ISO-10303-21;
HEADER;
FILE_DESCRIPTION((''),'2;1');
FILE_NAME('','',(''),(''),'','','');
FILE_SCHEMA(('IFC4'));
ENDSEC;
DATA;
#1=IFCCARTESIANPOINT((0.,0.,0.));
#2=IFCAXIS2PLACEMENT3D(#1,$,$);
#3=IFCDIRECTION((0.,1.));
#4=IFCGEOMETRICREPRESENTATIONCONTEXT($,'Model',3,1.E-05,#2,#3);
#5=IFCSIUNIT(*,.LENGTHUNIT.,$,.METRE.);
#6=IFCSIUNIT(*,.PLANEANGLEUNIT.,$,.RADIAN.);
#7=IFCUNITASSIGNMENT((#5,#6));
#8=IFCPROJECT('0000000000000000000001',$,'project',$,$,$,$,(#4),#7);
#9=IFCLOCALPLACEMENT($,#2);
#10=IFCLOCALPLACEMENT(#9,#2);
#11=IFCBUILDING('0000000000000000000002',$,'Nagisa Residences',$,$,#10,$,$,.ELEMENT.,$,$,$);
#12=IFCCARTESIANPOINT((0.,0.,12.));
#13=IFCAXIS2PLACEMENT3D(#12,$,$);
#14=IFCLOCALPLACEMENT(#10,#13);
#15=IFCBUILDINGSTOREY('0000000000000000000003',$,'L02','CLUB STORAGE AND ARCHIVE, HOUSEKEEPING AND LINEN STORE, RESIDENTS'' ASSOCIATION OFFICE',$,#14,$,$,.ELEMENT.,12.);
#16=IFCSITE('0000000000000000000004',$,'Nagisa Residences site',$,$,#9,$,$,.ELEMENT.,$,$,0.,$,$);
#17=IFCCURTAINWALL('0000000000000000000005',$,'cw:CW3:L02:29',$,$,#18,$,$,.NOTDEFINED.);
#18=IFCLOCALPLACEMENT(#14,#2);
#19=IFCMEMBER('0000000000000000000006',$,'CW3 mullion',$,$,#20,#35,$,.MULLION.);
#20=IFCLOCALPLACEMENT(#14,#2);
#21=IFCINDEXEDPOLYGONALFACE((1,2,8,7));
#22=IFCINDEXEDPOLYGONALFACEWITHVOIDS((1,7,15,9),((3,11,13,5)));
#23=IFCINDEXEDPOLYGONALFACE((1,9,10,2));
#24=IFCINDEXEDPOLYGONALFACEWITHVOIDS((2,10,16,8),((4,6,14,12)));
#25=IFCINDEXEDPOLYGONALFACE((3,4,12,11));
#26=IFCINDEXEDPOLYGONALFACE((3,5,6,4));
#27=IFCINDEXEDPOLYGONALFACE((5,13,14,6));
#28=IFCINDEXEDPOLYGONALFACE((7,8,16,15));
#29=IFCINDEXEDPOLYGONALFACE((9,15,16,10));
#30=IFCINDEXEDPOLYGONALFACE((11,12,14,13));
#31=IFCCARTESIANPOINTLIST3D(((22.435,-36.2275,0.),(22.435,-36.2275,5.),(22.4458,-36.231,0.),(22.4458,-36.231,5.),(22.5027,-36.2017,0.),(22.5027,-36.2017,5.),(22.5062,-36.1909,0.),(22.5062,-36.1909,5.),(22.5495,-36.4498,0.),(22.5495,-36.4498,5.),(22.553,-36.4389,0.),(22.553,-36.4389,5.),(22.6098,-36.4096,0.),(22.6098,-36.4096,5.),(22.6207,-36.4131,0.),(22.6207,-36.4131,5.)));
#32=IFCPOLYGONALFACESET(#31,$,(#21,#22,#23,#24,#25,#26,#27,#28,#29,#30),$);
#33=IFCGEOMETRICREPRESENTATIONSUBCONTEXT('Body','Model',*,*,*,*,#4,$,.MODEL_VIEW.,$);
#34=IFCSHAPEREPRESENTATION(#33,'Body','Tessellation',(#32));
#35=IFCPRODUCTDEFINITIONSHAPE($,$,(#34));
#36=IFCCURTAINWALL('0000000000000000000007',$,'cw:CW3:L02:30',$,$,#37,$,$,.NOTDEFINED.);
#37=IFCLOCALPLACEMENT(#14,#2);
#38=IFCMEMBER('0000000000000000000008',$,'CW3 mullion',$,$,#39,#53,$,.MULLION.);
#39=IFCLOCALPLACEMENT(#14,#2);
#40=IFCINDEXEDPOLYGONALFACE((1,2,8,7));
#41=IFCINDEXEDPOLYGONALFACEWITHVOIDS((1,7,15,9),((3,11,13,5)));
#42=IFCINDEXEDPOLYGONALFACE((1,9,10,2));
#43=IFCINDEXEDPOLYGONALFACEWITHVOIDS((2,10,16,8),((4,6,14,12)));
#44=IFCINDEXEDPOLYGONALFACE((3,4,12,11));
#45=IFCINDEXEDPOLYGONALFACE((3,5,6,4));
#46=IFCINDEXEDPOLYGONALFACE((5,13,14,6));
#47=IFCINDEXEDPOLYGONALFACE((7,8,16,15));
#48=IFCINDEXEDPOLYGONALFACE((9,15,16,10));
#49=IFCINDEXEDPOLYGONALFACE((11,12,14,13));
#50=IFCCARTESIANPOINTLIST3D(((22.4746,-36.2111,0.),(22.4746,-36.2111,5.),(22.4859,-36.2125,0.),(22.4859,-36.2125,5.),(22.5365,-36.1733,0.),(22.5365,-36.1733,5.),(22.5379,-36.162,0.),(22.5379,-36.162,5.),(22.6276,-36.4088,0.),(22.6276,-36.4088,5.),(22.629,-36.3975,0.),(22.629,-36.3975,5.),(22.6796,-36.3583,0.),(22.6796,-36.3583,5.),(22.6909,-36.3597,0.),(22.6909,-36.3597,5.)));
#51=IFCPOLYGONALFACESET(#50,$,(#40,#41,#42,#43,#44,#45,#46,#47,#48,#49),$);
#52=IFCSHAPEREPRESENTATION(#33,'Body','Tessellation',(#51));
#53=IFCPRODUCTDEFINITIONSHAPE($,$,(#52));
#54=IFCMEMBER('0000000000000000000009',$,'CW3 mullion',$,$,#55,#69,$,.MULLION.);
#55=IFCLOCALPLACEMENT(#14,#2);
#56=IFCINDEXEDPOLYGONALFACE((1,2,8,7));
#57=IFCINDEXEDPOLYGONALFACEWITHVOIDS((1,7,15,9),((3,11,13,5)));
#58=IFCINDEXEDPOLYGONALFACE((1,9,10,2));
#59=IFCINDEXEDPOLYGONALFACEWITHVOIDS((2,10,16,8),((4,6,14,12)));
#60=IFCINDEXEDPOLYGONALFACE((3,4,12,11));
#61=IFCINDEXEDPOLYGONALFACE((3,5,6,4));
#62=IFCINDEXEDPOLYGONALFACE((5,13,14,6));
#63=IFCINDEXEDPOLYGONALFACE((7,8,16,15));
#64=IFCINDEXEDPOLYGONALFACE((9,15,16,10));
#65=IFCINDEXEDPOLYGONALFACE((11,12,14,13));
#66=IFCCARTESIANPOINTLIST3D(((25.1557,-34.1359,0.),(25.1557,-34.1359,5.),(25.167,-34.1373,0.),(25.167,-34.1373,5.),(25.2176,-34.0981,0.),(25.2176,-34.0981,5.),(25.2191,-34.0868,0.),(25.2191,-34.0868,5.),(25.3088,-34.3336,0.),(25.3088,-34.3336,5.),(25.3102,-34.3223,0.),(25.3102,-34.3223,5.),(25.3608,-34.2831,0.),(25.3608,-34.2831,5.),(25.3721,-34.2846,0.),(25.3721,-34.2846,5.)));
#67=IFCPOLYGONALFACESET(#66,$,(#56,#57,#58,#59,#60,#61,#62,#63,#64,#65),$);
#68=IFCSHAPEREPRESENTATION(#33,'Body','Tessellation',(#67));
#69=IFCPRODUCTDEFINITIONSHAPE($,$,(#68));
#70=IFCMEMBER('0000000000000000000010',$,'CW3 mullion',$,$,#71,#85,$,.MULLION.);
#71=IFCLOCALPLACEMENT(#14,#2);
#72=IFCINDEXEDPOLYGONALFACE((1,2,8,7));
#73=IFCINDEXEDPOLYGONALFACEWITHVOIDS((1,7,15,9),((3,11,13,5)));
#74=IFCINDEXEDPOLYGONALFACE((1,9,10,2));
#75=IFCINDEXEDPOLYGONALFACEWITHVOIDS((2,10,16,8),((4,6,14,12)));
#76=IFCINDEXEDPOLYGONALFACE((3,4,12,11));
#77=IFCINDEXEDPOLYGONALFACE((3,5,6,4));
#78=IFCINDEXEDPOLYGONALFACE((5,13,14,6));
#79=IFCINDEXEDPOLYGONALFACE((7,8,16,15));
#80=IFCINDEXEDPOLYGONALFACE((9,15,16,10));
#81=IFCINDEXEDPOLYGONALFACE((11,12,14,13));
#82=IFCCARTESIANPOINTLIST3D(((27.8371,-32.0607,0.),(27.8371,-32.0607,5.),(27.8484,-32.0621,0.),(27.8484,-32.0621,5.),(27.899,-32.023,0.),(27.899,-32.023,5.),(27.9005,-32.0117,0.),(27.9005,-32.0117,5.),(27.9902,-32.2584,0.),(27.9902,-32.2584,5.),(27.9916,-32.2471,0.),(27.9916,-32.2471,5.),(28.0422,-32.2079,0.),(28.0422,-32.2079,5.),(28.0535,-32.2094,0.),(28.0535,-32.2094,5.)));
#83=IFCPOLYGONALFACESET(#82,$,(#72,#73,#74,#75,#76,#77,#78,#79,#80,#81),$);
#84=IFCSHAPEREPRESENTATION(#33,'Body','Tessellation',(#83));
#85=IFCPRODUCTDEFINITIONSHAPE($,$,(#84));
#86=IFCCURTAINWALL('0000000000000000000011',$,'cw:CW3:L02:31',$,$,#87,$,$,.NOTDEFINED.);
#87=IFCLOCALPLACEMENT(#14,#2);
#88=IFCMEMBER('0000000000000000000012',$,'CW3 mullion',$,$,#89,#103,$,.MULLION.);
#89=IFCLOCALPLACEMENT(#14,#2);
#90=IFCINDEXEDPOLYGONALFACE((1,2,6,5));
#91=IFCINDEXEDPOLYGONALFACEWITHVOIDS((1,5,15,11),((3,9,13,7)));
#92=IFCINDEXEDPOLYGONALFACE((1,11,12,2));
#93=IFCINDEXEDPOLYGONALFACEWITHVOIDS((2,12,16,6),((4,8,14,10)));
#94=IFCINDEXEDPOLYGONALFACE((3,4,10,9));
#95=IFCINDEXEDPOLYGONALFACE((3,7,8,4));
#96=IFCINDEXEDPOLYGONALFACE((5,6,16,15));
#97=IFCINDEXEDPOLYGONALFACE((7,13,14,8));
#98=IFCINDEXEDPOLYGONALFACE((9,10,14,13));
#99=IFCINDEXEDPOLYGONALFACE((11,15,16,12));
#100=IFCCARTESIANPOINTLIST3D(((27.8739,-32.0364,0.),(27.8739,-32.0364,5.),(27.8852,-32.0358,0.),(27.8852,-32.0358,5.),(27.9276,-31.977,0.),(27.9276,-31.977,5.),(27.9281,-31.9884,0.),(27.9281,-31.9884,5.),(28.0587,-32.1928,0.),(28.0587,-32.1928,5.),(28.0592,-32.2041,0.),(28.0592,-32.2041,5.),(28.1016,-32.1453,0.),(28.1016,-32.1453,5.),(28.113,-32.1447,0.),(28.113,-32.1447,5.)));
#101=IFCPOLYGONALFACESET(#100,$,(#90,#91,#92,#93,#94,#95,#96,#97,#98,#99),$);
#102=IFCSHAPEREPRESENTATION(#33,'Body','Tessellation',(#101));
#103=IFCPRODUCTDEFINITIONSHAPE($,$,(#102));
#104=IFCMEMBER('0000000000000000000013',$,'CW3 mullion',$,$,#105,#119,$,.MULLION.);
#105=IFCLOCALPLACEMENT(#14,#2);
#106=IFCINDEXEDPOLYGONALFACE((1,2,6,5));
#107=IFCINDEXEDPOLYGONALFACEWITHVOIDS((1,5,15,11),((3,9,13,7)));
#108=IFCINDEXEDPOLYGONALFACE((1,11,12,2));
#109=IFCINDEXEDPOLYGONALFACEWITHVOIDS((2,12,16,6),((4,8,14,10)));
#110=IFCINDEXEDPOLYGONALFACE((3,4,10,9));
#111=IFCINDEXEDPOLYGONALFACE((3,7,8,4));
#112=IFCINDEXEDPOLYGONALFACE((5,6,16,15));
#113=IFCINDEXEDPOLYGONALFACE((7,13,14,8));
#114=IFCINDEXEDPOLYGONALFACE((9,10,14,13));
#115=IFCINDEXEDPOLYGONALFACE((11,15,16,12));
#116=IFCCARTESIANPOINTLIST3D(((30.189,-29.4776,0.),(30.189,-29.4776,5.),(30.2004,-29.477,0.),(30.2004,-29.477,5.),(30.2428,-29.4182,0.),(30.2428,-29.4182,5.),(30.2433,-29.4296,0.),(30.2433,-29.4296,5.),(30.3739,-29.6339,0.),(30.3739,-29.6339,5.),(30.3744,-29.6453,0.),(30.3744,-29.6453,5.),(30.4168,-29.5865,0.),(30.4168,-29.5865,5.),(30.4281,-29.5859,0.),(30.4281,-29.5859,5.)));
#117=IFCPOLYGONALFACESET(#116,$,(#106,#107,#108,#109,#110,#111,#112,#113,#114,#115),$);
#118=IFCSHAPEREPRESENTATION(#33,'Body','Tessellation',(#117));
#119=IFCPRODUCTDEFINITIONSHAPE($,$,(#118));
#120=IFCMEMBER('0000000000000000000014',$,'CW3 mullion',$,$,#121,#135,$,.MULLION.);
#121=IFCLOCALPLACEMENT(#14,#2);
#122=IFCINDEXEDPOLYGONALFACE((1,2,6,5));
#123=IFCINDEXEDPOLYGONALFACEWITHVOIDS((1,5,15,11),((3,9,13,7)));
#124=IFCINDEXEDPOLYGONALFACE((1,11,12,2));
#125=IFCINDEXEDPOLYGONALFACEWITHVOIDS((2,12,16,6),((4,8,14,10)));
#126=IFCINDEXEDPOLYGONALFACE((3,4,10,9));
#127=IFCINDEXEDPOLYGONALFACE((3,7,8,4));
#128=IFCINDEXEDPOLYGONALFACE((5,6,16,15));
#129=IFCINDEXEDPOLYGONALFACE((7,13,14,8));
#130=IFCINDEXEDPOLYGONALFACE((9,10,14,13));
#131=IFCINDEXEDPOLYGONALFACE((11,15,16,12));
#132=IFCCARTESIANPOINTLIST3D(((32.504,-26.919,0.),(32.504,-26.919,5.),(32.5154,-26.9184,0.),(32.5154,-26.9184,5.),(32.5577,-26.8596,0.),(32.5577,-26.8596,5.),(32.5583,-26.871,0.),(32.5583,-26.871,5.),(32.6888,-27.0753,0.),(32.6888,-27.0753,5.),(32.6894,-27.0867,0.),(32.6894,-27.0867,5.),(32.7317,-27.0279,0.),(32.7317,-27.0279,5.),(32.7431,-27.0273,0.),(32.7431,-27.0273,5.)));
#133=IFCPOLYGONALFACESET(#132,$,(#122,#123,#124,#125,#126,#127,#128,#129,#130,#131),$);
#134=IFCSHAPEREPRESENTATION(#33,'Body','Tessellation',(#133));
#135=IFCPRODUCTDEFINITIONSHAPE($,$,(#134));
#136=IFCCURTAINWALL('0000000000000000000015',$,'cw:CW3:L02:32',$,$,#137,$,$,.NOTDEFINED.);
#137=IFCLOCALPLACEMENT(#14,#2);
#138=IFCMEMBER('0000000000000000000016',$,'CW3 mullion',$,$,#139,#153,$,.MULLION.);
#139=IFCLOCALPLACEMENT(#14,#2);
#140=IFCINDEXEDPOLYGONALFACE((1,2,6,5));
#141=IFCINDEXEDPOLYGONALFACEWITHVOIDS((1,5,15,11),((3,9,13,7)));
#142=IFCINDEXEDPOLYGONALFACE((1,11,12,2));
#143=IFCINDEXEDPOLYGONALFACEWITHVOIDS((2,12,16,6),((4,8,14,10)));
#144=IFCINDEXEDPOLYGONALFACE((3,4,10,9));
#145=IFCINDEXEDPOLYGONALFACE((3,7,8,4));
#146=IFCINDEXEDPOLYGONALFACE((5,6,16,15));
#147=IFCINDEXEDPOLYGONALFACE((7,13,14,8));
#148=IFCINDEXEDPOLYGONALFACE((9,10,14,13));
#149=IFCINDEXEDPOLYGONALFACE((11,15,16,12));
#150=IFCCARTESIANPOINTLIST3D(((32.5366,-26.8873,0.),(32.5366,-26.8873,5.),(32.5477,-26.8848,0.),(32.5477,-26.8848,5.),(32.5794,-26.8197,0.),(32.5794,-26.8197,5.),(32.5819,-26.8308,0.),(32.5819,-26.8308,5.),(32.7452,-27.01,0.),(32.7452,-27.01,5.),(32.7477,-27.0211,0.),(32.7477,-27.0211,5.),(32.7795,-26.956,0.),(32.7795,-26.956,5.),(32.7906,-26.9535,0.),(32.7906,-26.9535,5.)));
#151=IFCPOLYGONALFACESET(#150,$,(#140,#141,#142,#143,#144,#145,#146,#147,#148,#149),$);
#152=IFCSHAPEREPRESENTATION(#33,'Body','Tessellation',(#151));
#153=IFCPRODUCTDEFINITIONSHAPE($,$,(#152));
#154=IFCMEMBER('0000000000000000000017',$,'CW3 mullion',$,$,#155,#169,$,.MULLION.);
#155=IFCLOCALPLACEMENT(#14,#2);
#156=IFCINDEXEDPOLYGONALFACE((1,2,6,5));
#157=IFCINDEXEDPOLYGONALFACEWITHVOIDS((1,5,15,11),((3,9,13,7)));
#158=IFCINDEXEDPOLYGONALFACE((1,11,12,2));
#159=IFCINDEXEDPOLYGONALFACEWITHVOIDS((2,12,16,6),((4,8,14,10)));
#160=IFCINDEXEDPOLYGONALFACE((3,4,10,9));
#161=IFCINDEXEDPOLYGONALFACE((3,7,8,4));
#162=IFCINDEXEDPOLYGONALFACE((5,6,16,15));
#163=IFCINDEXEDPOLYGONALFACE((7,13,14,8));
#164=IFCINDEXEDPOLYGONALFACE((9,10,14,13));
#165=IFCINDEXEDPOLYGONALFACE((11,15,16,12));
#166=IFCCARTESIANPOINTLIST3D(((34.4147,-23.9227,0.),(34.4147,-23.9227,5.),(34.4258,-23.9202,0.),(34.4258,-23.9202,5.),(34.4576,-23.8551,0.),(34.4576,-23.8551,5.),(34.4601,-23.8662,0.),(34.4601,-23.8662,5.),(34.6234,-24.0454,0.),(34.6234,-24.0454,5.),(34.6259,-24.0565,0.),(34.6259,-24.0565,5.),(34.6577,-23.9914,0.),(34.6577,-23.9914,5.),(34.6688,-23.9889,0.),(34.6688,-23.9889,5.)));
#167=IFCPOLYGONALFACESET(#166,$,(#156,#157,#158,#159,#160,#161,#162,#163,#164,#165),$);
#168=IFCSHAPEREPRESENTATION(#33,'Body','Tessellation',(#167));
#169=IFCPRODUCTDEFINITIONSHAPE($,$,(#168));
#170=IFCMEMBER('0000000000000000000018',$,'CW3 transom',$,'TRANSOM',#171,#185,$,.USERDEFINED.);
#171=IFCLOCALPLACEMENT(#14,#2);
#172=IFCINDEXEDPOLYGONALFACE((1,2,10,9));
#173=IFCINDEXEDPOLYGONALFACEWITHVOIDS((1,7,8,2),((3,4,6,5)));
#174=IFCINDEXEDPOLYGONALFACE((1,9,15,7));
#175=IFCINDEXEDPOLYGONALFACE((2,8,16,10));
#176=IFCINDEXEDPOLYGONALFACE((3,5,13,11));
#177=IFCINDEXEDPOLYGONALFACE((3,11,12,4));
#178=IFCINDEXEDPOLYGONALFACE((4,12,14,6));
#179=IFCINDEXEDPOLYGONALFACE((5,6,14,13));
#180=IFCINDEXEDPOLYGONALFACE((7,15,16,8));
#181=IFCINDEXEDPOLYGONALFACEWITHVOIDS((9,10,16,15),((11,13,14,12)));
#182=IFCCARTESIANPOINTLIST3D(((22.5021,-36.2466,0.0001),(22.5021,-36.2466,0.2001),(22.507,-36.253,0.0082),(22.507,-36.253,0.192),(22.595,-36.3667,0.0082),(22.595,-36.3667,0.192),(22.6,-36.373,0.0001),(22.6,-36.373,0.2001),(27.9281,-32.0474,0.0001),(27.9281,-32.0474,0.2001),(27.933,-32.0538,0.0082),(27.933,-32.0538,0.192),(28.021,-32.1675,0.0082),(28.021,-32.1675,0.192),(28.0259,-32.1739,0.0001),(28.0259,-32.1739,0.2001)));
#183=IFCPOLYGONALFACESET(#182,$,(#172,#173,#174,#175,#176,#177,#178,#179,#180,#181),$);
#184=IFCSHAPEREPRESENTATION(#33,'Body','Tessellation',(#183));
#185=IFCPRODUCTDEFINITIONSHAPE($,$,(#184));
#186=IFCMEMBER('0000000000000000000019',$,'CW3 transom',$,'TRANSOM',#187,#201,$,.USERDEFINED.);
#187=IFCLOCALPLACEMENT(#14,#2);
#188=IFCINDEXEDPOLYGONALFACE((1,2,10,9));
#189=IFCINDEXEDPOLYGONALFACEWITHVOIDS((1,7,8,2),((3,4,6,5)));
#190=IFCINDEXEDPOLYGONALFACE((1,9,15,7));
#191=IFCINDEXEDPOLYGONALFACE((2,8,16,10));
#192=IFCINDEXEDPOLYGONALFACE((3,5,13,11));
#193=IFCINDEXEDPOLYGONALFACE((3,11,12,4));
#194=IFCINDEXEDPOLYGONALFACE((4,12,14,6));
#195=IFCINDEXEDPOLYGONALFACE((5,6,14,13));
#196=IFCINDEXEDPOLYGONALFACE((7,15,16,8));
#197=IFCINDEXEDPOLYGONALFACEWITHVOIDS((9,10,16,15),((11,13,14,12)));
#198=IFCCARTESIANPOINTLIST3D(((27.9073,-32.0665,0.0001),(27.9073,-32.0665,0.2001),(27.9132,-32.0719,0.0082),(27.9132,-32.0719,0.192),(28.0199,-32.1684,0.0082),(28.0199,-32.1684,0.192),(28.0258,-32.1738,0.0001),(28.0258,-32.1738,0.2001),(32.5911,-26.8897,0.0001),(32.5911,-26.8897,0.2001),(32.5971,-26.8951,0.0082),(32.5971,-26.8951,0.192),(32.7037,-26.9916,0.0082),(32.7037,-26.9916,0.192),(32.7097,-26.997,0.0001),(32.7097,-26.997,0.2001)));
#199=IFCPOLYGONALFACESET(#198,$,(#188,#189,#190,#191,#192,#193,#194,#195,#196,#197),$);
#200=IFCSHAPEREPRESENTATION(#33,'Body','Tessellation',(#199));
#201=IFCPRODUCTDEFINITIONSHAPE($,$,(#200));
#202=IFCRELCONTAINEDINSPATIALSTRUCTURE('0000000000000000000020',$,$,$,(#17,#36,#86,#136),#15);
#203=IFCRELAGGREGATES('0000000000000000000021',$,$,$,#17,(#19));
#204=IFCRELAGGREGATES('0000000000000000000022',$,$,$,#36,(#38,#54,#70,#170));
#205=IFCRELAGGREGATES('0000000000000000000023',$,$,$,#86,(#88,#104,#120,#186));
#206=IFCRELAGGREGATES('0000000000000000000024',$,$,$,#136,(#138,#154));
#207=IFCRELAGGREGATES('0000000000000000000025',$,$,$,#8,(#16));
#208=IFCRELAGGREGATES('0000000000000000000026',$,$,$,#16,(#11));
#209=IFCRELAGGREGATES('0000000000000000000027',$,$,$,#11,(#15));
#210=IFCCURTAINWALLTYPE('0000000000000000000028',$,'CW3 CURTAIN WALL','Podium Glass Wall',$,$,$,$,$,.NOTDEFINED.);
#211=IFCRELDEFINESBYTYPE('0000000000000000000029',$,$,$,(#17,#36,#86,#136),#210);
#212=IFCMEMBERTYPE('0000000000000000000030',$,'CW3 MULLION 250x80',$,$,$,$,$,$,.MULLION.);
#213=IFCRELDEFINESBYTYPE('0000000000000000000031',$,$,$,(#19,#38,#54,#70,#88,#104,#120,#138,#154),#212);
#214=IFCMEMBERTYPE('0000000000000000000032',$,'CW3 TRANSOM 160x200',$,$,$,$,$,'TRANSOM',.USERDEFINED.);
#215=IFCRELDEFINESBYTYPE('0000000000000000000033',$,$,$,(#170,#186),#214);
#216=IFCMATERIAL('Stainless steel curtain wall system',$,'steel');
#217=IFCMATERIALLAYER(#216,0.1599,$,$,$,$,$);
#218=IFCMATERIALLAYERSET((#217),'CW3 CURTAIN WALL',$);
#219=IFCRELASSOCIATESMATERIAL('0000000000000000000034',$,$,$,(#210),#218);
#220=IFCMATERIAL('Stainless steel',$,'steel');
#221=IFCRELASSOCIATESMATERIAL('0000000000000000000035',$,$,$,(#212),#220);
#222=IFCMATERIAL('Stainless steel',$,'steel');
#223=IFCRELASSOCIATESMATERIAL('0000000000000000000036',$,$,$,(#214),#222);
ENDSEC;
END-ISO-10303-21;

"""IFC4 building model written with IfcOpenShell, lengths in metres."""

from ifc_helpers import new_model, si_unit, direction, frame, origin, origin_2d, place, context, subcontext, project, spatial, hollow_rectangle, extrude, material, layer, layer_set, material_profile, profile_set, type_object, element, aggregate, save


model = new_model("IFC4")

# Units and contexts
model_context = context("Model", 3, precision=1e-05, world=origin(), true_north=direction((0.0, 1.0)))
body_context = subcontext(model_context, "Body", "Model", "MODEL_VIEW")
ifc_project = project(units=[si_unit("LENGTHUNIT", "METRE"), si_unit("PLANEANGLEUNIT", "RADIAN")], contexts=[model_context])

# Site, building, storey
site_placement = place(None, origin())
site = spatial("IfcSite", under=ifc_project, at=site_placement, Name="Nagisa Residences site", CompositionType="ELEMENT", RefElevation=0.0)
building_placement = place(site_placement, origin())
building = spatial("IfcBuilding", under=site, at=building_placement, Name="Nagisa Residences", CompositionType="ELEMENT")
storey_placement = place(building_placement, frame((0.0, 0.0, 12.0)))
storey = spatial("IfcBuildingStorey", under=building, at=storey_placement, Name="L02", Description="CLUB STORAGE AND ARCHIVE, HOUSEKEEPING AND LINEN STORE, RESIDENTS' ASSOCIATION OFFICE", CompositionType="ELEMENT", Elevation=12.0)

# Curtain walls, members
ifc_material_1 = material(Name="Stainless steel curtain wall system", Category="steel")
ifc_layer_1 = layer(ifc_material_1, 0.1599)
ifc_layer_set_1 = layer_set([ifc_layer_1], Name="CW3 CURTAIN WALL")
curtain_wall_type_1 = type_object("IfcCurtainWallType", Name="CW3 CURTAIN WALL", Description="Podium Glass Wall", PredefinedType="NOTDEFINED", material=ifc_layer_set_1)
curtain_wall_1_placement = place(storey_placement, origin())
curtain_wall_1 = element("IfcCurtainWall", 1, at=curtain_wall_1_placement, inside=storey, type_object=curtain_wall_type_1, Name="cw:CW3:L02:29", PredefinedType="NOTDEFINED")
ifc_material_2 = material(Name="Stainless steel", Category="steel")
ifc_material_profile_1 = material_profile(ifc_material_2, hollow_rectangle(XDim=0.25, YDim=0.0801, WallThickness=0.0081, at=origin_2d()), Name="CW3 MULLION 250x80")
ifc_profile_set_1 = profile_set([ifc_material_profile_1], Name="Stainless steel")
member_type_1 = type_object("IfcMemberType", Name="CW3 MULLION 250x80", PredefinedType="MULLION", material=ifc_profile_set_1)
member_1_placement = place(storey_placement, frame((22.5278, -36.3203, 0.0), z_axis=(0.0, 0.0, 1.0), x_axis=(-0.458126, 0.888887, 0.0)))
member_1 = element("IfcMember", 2, at=member_1_placement, type_object=member_type_1, Name="CW3 mullion", PredefinedType="MULLION", context=body_context, shape_type="SweptSolid", body=[
    extrude(hollow_rectangle(XDim=0.25, YDim=0.0801, WallThickness=0.0081, at=origin_2d()), origin(), (0.0, 0.0, 1.0), 5.0),
])
curtain_wall_2_placement = place(storey_placement, origin())
curtain_wall_2 = element("IfcCurtainWall", 3, at=curtain_wall_2_placement, inside=storey, type_object=curtain_wall_type_1, Name="cw:CW3:L02:30", PredefinedType="NOTDEFINED")
member_2_placement = place(storey_placement, frame((22.5828, -36.2854, 0.0), z_axis=(0.0, 0.0, 1.0), x_axis=(-0.612035, 0.790831, 0.0)))
member_2 = element("IfcMember", 4, at=member_2_placement, type_object=member_type_1, Name="CW3 mullion", PredefinedType="MULLION", context=body_context, shape_type="SweptSolid", body=[
    extrude(hollow_rectangle(XDim=0.25, YDim=0.0801, WallThickness=0.0081, at=origin_2d()), origin(), (0.0, 0.0, 1.0), 5.0),
])
member_3_placement = place(storey_placement, frame((25.2639, -34.2102, 0.0), z_axis=(0.0, 0.0, 1.0), x_axis=(-0.612035, 0.790831, 0.0)))
member_3 = element("IfcMember", 5, at=member_3_placement, type_object=member_type_1, Name="CW3 mullion", PredefinedType="MULLION", context=body_context, shape_type="SweptSolid", body=[
    extrude(hollow_rectangle(XDim=0.25, YDim=0.0801, WallThickness=0.0081, at=origin_2d()), origin(), (0.0, 0.0, 1.0), 5.0),
])
member_4_placement = place(storey_placement, frame((27.9453, -32.135, 0.0), z_axis=(0.0, 0.0, 1.0), x_axis=(-0.612035, 0.790831, 0.0)))
member_4 = element("IfcMember", 6, at=member_4_placement, type_object=member_type_1, Name="CW3 mullion", PredefinedType="MULLION", context=body_context, shape_type="SweptSolid", body=[
    extrude(hollow_rectangle(XDim=0.25, YDim=0.0801, WallThickness=0.0081, at=origin_2d()), origin(), (0.0, 0.0, 1.0), 5.0),
])
curtain_wall_3_placement = place(storey_placement, origin())
curtain_wall_3 = element("IfcCurtainWall", 7, at=curtain_wall_3_placement, inside=storey, type_object=curtain_wall_type_1, Name="cw:CW3:L02:31", PredefinedType="NOTDEFINED")
member_5_placement = place(storey_placement, frame((27.9934, -32.0906, 0.0), z_axis=(0.0, 0.0, 1.0), x_axis=(-0.741536, 0.670913, 0.0)))
member_5 = element("IfcMember", 8, at=member_5_placement, type_object=member_type_1, Name="CW3 mullion", PredefinedType="MULLION", context=body_context, shape_type="SweptSolid", body=[
    extrude(hollow_rectangle(XDim=0.25, YDim=0.0801, WallThickness=0.0081, at=origin_2d()), origin(), (0.0, 0.0, 1.0), 5.0),
])
member_6_placement = place(storey_placement, frame((30.3086, -29.5317, 0.0), z_axis=(0.0, 0.0, 1.0), x_axis=(-0.741536, 0.670913, 0.0)))
member_6 = element("IfcMember", 9, at=member_6_placement, type_object=member_type_1, Name="CW3 mullion", PredefinedType="MULLION", context=body_context, shape_type="SweptSolid", body=[
    extrude(hollow_rectangle(XDim=0.25, YDim=0.0801, WallThickness=0.0081, at=origin_2d()), origin(), (0.0, 0.0, 1.0), 5.0),
])
member_7_placement = place(storey_placement, frame((32.6235, -26.9731, 0.0), z_axis=(0.0, 0.0, 1.0), x_axis=(-0.741536, 0.670913, 0.0)))
member_7 = element("IfcMember", 10, at=member_7_placement, type_object=member_type_1, Name="CW3 mullion", PredefinedType="MULLION", context=body_context, shape_type="SweptSolid", body=[
    extrude(hollow_rectangle(XDim=0.25, YDim=0.0801, WallThickness=0.0081, at=origin_2d()), origin(), (0.0, 0.0, 1.0), 5.0),
])
curtain_wall_4_placement = place(storey_placement, origin())
curtain_wall_4 = element("IfcCurtainWall", 11, at=curtain_wall_4_placement, inside=storey, type_object=curtain_wall_type_1, Name="cw:CW3:L02:32", PredefinedType="NOTDEFINED")
member_8_placement = place(storey_placement, frame((32.6636, -26.9204, 0.0), z_axis=(0.0, 0.0, 1.0), x_axis=(-0.844747, 0.535165, 0.0)))
member_8 = element("IfcMember", 12, at=member_8_placement, type_object=member_type_1, Name="CW3 mullion", PredefinedType="MULLION", context=body_context, shape_type="SweptSolid", body=[
    extrude(hollow_rectangle(XDim=0.25, YDim=0.0801, WallThickness=0.0081, at=origin_2d()), origin(), (0.0, 0.0, 1.0), 5.0),
])
member_9_placement = place(storey_placement, frame((34.5417, -23.9558, 0.0), z_axis=(0.0, 0.0, 1.0), x_axis=(-0.844747, 0.535165, 0.0)))
member_9 = element("IfcMember", 13, at=member_9_placement, type_object=member_type_1, Name="CW3 mullion", PredefinedType="MULLION", context=body_context, shape_type="SweptSolid", body=[
    extrude(hollow_rectangle(XDim=0.25, YDim=0.0801, WallThickness=0.0081, at=origin_2d()), origin(), (0.0, 0.0, 1.0), 5.0),
])

# Members
ifc_material_3 = material(Name="Stainless steel", Category="steel")
ifc_material_profile_2 = material_profile(ifc_material_3, hollow_rectangle(XDim=0.1599, YDim=0.2, WallThickness=0.0081, at=origin_2d()), Name="CW3 TRANSOM 160x200")
ifc_profile_set_2 = profile_set([ifc_material_profile_2], Name="Stainless steel")
member_type_2 = type_object("IfcMemberType", Name="CW3 TRANSOM 160x200", ElementType="TRANSOM", PredefinedType="USERDEFINED", material=ifc_profile_set_2)
member_10_placement = place(storey_placement, frame((22.551, -36.3098, 0.1001), z_axis=(0.790835, 0.61203, 0.0), x_axis=(-0.61203, 0.790835, 0.0)))
member_10 = element("IfcMember", 14, at=member_10_placement, type_object=member_type_2, Name="CW3 transom", ObjectType="TRANSOM", PredefinedType="USERDEFINED", context=body_context, shape_type="SweptSolid", body=[
    extrude(hollow_rectangle(XDim=0.1599, YDim=0.2, WallThickness=0.0081, at=origin_2d()), origin(), (0.0, 0.0, 1.0), 6.8611),
])
member_11_placement = place(storey_placement, frame((27.9666, -32.1201, 0.1001), z_axis=(0.670922, 0.741528, 0.0), x_axis=(-0.741528, 0.670922, 0.0)))
member_11 = element("IfcMember", 15, at=member_11_placement, type_object=member_type_2, Name="CW3 transom", ObjectType="TRANSOM", PredefinedType="USERDEFINED", context=body_context, shape_type="SweptSolid", body=[
    extrude(hollow_rectangle(XDim=0.1599, YDim=0.2, WallThickness=0.0081, at=origin_2d()), origin(), (0.0, 0.0, 1.0), 6.9812),
])

aggregate(curtain_wall_1, [member_1])
aggregate(curtain_wall_2, [member_2, member_3, member_4, member_10])
aggregate(curtain_wall_3, [member_5, member_6, member_7, member_11])
aggregate(curtain_wall_4, [member_8, member_9])

save(model, "model.ifc")
